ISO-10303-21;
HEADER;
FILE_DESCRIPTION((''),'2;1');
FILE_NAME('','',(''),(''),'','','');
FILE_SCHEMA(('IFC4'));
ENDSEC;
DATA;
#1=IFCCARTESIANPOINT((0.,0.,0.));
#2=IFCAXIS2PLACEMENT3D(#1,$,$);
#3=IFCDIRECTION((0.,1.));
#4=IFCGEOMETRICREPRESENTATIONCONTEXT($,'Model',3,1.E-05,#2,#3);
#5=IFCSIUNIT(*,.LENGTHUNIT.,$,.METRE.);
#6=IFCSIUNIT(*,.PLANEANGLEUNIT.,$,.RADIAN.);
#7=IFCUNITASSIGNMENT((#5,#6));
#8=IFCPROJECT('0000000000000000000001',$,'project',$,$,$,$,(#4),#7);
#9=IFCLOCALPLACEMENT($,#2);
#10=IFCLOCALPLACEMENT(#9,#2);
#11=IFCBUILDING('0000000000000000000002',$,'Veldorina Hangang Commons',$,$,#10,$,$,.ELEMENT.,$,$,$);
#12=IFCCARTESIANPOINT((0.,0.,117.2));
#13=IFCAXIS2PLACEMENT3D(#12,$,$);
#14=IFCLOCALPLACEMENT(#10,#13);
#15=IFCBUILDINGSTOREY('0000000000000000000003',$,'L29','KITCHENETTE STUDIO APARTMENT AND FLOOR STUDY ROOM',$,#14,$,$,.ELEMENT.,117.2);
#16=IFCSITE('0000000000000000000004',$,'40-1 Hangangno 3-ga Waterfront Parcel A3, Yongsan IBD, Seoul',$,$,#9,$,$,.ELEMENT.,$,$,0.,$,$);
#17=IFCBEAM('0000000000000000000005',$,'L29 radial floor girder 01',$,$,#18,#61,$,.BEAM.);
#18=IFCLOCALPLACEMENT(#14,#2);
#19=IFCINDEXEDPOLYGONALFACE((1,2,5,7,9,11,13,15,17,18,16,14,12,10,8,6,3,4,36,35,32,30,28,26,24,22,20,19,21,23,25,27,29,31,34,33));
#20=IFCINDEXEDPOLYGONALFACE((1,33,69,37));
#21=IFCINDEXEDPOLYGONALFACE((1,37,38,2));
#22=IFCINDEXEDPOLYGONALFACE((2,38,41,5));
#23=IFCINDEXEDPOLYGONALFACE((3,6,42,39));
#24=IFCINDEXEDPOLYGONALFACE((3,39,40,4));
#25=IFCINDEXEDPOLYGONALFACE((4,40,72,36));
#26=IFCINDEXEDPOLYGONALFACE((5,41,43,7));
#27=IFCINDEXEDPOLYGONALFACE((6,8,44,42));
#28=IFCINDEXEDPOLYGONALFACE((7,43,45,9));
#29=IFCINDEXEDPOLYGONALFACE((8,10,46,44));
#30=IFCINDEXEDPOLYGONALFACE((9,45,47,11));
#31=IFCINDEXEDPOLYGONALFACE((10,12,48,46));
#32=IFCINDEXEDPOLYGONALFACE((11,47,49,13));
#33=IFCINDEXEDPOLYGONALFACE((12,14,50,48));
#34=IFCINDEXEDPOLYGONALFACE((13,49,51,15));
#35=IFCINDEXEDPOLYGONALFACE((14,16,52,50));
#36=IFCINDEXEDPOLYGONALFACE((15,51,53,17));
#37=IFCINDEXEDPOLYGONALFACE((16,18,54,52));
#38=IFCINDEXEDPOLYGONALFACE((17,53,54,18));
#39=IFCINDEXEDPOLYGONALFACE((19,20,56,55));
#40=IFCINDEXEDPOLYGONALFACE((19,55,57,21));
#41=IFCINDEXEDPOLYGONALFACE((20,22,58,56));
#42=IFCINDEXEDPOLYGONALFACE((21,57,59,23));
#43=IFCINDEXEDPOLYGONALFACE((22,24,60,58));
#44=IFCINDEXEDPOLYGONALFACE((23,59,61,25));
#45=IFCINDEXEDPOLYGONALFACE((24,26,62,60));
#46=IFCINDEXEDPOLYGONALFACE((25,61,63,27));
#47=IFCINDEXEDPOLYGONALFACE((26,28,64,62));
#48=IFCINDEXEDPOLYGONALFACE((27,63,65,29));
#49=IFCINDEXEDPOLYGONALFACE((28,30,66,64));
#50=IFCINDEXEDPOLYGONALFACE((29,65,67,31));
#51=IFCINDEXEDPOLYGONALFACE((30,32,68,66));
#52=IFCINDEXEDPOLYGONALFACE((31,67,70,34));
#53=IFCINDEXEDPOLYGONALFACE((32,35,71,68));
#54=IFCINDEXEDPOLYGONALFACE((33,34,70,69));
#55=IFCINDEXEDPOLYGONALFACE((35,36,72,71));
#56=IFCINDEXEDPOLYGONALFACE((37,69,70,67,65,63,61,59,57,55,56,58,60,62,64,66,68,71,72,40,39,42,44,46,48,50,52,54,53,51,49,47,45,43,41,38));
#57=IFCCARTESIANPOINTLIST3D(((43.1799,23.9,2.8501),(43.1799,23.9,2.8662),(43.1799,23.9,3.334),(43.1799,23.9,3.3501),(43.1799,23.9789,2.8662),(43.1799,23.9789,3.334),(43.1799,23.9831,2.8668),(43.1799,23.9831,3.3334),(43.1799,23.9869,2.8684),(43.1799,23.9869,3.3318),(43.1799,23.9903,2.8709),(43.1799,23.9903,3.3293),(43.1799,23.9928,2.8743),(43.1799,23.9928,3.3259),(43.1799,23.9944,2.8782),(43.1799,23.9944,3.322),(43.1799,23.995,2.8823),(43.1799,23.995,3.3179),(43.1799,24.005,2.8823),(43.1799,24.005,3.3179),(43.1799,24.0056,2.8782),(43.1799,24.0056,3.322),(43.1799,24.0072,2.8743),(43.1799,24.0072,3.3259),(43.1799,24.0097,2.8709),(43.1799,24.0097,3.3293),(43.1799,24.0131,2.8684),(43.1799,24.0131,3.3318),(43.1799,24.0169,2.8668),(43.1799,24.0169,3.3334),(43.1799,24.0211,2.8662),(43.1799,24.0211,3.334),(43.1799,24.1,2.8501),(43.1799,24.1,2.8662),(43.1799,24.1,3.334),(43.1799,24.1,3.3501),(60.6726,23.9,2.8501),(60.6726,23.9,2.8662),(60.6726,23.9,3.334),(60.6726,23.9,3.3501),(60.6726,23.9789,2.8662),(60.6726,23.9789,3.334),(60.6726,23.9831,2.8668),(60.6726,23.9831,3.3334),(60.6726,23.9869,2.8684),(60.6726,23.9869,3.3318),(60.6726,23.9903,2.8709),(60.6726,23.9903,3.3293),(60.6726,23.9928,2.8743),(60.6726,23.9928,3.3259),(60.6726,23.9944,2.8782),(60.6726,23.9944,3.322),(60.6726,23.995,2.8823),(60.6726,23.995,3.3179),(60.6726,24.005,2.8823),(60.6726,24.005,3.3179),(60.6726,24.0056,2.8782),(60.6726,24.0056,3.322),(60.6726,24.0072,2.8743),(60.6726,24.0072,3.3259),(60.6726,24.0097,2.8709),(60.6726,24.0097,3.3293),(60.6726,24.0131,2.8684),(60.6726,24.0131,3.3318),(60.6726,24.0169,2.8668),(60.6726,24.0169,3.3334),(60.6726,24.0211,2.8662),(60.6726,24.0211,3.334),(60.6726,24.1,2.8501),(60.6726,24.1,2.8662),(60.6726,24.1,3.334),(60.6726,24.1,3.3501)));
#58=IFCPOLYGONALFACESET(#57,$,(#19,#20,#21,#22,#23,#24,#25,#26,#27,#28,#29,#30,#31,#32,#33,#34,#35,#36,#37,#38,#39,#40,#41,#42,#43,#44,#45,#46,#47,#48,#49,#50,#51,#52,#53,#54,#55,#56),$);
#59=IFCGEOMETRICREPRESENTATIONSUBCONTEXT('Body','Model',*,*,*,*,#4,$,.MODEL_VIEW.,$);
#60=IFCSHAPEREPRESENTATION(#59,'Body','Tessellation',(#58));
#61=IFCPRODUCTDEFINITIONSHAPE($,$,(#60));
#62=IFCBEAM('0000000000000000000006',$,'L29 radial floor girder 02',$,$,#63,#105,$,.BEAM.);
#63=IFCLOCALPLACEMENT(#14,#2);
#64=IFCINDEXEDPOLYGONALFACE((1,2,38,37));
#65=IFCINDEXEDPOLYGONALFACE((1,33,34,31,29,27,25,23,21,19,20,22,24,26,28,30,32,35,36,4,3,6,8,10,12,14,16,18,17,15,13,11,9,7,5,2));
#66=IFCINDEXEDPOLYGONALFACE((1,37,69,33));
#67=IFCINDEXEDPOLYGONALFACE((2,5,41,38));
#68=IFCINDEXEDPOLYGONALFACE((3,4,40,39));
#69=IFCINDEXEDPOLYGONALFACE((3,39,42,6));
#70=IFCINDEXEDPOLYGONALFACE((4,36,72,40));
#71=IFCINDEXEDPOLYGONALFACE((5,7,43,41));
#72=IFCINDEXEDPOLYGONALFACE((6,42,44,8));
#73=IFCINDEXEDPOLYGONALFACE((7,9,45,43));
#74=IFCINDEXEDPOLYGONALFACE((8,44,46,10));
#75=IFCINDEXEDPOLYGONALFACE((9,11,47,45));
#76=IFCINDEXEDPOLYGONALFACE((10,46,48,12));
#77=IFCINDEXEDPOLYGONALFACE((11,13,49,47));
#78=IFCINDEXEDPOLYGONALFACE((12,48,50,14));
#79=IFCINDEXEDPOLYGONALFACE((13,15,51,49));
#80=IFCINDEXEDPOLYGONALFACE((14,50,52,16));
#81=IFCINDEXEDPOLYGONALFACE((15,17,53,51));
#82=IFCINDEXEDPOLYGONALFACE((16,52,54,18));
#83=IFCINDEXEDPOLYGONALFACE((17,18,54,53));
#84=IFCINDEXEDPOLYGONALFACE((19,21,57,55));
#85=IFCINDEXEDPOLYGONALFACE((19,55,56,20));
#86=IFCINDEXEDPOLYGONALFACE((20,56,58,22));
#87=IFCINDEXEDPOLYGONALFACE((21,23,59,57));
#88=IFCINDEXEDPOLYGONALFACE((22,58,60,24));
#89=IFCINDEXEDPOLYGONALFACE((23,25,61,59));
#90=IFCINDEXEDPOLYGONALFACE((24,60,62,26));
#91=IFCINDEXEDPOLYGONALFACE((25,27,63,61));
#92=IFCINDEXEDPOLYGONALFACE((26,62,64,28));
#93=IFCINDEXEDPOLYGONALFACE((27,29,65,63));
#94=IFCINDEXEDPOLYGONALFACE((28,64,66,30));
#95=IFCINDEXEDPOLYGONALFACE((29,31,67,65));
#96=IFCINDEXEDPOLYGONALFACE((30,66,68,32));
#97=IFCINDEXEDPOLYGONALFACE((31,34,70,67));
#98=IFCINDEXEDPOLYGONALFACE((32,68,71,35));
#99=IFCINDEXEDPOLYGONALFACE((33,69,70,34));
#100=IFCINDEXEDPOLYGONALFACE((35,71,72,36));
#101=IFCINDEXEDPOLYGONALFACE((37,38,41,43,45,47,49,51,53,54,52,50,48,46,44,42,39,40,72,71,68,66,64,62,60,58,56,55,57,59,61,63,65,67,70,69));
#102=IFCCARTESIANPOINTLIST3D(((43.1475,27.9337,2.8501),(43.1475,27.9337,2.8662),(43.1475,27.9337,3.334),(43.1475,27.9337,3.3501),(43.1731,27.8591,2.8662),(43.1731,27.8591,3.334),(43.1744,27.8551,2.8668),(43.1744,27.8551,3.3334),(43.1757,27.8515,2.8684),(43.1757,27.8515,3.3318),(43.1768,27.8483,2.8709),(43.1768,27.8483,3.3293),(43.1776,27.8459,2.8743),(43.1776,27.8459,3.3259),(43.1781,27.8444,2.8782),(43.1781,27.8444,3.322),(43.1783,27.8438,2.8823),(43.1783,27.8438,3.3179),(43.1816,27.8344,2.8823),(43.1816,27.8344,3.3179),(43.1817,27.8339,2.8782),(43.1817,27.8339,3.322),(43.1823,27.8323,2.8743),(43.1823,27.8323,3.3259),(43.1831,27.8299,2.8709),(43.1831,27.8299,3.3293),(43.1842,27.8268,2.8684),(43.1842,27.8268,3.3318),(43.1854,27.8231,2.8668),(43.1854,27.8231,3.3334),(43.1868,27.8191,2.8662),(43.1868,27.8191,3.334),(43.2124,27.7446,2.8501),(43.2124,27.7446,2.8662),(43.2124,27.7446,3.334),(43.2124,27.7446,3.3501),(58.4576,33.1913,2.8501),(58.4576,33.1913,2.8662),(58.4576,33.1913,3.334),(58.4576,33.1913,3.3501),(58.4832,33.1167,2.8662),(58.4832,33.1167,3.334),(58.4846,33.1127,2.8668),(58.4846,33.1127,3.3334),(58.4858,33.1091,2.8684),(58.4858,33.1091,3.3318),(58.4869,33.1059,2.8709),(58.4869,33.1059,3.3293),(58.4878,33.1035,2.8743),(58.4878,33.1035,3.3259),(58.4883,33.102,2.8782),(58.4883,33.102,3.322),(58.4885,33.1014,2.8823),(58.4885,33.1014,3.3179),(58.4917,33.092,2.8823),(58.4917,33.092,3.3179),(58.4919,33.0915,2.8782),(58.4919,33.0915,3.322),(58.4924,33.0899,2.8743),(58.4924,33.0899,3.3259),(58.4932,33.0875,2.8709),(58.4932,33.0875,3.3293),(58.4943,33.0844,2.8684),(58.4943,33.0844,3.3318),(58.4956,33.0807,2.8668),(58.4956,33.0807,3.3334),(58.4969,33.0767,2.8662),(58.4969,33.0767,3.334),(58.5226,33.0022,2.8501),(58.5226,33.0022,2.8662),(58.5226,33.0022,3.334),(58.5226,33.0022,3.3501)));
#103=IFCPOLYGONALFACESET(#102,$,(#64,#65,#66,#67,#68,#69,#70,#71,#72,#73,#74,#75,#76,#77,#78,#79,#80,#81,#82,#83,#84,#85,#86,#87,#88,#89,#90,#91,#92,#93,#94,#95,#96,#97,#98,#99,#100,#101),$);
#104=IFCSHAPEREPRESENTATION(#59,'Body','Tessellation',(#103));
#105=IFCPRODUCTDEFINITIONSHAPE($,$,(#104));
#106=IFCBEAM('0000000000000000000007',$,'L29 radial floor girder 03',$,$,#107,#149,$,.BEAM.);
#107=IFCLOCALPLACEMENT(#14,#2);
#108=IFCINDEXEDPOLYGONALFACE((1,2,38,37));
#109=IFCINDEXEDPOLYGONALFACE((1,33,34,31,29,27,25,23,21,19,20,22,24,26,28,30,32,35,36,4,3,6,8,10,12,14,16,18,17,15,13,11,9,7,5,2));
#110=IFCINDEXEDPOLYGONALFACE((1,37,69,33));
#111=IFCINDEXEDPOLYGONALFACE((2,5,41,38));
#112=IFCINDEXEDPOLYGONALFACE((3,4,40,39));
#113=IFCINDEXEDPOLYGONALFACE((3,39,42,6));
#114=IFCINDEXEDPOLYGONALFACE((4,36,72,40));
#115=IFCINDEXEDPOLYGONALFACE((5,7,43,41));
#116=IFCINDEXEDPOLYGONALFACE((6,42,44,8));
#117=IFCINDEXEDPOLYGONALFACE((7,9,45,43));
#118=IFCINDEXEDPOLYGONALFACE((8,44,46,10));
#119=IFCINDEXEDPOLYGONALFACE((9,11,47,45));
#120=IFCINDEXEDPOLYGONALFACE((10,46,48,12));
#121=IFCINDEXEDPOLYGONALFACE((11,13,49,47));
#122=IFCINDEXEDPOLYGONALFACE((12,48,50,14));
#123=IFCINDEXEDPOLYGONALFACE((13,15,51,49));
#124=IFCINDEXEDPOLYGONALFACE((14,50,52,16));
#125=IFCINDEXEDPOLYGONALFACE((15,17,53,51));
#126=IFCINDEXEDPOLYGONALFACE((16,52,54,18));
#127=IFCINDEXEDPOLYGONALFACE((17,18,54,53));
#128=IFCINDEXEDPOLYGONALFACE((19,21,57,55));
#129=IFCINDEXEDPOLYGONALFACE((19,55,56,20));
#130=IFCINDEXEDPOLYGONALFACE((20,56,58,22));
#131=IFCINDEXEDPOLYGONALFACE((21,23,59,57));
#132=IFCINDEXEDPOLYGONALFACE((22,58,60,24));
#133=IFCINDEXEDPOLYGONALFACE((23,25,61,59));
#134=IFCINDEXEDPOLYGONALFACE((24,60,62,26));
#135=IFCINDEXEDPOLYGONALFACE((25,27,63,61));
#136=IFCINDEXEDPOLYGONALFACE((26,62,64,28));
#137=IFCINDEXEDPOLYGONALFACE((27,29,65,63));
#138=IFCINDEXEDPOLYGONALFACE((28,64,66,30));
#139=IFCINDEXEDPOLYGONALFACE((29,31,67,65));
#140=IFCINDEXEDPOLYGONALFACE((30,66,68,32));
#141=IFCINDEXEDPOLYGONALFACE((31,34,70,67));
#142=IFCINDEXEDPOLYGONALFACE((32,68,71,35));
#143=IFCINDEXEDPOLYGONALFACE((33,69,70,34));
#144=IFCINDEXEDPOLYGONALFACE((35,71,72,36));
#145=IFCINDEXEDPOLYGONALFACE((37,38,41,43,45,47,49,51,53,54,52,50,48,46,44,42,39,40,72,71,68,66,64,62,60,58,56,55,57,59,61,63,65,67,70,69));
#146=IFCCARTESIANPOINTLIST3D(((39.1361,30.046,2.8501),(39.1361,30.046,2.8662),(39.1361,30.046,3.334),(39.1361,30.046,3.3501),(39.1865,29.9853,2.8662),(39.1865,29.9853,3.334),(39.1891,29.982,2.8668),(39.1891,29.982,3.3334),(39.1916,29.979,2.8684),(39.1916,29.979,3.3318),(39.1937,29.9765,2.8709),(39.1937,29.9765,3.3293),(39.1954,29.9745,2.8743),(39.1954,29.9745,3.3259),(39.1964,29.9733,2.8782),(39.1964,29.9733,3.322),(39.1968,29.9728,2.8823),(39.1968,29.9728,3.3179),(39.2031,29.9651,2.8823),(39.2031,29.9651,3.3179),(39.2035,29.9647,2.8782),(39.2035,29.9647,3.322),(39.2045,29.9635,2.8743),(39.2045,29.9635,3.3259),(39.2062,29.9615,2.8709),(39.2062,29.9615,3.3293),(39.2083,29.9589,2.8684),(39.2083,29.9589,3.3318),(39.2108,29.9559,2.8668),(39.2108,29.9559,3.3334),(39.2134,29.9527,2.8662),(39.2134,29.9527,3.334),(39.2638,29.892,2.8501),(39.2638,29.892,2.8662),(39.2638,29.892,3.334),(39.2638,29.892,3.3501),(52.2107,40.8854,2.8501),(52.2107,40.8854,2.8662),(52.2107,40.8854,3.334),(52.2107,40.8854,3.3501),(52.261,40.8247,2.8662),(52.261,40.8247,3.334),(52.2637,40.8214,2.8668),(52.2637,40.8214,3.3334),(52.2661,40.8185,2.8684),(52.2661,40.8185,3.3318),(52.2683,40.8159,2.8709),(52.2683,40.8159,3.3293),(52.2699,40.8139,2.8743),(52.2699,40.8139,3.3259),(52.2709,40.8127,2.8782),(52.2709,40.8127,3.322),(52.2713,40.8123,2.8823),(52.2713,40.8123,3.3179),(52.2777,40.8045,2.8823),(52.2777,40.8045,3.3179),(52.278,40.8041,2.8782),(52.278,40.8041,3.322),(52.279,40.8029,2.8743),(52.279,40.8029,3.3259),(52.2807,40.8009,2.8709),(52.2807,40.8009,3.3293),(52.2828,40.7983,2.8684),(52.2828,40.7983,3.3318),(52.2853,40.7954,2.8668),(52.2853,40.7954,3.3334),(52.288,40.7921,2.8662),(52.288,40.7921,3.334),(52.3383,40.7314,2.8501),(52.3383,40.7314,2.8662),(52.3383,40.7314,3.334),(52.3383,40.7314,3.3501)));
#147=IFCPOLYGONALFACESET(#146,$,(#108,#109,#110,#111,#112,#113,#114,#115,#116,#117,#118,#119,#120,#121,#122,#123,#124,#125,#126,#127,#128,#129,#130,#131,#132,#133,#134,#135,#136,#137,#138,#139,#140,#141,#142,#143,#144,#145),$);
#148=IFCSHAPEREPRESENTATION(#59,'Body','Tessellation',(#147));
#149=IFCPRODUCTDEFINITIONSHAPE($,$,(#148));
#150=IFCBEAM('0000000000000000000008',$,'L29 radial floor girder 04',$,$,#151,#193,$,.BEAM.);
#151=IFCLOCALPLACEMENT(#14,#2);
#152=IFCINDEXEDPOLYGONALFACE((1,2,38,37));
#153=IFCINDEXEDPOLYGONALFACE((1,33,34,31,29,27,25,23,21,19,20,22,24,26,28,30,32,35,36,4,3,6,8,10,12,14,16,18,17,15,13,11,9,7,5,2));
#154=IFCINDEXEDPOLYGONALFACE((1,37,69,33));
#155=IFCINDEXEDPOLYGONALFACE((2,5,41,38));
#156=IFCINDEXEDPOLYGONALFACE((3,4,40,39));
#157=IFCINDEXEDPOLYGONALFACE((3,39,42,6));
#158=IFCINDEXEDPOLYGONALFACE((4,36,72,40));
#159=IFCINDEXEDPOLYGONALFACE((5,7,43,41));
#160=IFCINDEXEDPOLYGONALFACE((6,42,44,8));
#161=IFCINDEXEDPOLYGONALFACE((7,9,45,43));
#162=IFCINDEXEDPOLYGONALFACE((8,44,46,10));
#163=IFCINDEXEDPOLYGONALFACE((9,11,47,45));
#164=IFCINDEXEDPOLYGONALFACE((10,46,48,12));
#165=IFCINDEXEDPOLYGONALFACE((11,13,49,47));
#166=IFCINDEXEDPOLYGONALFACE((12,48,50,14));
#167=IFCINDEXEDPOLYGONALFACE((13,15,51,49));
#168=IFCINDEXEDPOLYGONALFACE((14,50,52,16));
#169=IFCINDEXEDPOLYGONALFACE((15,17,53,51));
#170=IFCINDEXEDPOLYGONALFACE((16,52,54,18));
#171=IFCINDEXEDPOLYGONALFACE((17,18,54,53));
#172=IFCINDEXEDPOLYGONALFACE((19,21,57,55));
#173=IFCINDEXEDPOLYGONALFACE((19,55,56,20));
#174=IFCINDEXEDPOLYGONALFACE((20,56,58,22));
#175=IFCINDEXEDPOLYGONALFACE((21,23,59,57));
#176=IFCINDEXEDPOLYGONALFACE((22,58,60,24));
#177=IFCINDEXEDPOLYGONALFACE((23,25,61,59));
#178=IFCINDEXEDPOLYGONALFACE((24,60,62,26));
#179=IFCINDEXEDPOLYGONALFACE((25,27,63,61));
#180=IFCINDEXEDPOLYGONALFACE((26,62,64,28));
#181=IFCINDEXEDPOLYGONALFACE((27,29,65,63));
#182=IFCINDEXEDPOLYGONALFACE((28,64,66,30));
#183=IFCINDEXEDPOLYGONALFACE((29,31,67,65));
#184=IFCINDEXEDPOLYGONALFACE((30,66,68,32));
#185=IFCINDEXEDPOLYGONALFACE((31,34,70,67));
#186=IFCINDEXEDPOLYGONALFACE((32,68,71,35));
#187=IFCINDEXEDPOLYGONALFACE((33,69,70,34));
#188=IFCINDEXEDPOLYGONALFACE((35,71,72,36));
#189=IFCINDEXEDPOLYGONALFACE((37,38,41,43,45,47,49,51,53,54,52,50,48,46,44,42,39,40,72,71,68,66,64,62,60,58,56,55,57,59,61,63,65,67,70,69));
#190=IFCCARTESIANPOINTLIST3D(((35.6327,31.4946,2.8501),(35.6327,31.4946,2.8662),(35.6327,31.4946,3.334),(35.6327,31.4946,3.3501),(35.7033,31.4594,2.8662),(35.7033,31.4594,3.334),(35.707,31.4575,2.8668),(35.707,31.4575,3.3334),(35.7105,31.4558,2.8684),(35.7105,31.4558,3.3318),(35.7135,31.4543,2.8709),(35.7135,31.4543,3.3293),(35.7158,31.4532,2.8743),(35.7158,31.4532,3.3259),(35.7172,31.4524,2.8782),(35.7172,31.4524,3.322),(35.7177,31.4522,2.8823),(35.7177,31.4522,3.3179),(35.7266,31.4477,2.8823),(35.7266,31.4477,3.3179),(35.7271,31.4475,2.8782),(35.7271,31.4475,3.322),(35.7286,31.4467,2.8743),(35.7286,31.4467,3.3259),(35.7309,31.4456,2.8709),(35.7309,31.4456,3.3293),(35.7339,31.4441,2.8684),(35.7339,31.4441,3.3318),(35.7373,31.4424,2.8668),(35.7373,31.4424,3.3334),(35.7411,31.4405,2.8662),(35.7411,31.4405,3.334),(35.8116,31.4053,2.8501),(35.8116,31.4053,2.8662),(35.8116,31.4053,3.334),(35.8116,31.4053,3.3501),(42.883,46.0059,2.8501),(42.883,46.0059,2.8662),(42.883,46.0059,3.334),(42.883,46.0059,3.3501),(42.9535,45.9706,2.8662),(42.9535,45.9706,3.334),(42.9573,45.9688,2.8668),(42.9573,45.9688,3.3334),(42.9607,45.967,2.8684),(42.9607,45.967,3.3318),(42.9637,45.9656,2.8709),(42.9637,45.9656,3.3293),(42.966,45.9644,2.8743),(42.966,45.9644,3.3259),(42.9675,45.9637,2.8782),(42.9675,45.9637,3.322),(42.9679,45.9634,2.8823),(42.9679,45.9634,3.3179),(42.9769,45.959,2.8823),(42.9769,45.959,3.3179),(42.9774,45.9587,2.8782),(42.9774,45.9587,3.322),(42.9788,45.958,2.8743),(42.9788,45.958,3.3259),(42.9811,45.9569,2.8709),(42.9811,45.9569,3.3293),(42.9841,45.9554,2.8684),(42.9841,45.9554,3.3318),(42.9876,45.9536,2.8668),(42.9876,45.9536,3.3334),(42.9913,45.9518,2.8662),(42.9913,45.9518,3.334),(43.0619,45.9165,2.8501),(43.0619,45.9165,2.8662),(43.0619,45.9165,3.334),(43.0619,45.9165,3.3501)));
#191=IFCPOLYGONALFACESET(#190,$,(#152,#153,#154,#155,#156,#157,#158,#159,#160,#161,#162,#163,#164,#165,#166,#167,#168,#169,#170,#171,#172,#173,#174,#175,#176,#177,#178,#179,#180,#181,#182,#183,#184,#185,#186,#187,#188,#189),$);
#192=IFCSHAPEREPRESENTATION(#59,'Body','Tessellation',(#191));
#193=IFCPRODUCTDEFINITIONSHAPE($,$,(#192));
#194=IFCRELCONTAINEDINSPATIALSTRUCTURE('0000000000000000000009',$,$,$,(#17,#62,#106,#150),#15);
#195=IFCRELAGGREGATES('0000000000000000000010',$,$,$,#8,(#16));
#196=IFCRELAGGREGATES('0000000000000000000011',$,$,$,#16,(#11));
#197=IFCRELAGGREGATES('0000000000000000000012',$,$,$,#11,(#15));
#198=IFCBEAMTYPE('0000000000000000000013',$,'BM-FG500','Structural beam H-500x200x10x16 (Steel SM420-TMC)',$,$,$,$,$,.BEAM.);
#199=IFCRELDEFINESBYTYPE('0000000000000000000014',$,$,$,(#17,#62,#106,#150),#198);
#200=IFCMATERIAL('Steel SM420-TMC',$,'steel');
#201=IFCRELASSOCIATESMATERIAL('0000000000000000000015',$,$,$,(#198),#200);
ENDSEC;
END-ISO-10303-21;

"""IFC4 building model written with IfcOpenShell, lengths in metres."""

from ifc_helpers import new_model, si_unit, direction, frame, origin, origin_2d, place, context, subcontext, project, spatial, i_section, extrude, material, material_profile, profile_set, type_object, element, save


model = new_model("IFC4")

# Units and contexts
model_context = context("Model", 3, precision=1e-05, world=origin(), true_north=direction((0.0, 1.0)))
body_context = subcontext(model_context, "Body", "Model", "MODEL_VIEW")
ifc_project = project(units=[si_unit("LENGTHUNIT", "METRE"), si_unit("PLANEANGLEUNIT", "RADIAN")], contexts=[model_context])

# Site, building, storey
site_placement = place(None, origin())
site = spatial("IfcSite", under=ifc_project, at=site_placement, Name="40-1 Hangangno 3-ga Waterfront Parcel A3, Yongsan IBD, Seoul", CompositionType="ELEMENT", RefElevation=0.0)
building_placement = place(site_placement, origin())
building = spatial("IfcBuilding", under=site, at=building_placement, Name="Veldorina Hangang Commons", CompositionType="ELEMENT")
storey_placement = place(building_placement, frame((0.0, 0.0, 117.2)))
storey = spatial("IfcBuildingStorey", under=building, at=storey_placement, Name="L29", Description="KITCHENETTE STUDIO APARTMENT AND FLOOR STUDY ROOM", CompositionType="ELEMENT", Elevation=117.2)

# Beams
ifc_material_1 = material(Name="Steel SM420-TMC", Category="steel")
ifc_material_profile = material_profile(ifc_material_1, i_section(OverallWidth=0.2, OverallDepth=0.5, WebThickness=0.01, FlangeThickness=0.0161, FilletRadius=0.0161, at=origin_2d()), Name="H-500x200x10x16")
ifc_profile_set = profile_set([ifc_material_profile], Name="Steel SM420-TMC")
beam_type = type_object("IfcBeamType", Name="BM-FG500", Description="Structural beam H-500x200x10x16 (Steel SM420-TMC)", PredefinedType="BEAM", material=ifc_profile_set)
beam_1_placement = place(storey_placement, frame((43.1799, 24.0, 3.1001), z_axis=(1.0, 0.0, 0.0), x_axis=(0.0, 1.0, 0.0)))
element("IfcBeam", 1, at=beam_1_placement, inside=storey, type_object=beam_type, Name="L29 radial floor girder 01", PredefinedType="BEAM", context=body_context, shape_type="SweptSolid", body=[
    extrude(i_section(OverallWidth=0.2, OverallDepth=0.5, WebThickness=0.01, FlangeThickness=0.0161, FilletRadius=0.0161, at=origin_2d()), origin(), (0.0, 0.0, 1.0), 17.4927),
])
beam_2_placement = place(storey_placement, frame((43.1799, 27.8391, 3.1001), z_axis=(0.945787, 0.324789, 0.0), x_axis=(-0.324789, 0.945787, 0.0)))
element("IfcBeam", 2, at=beam_2_placement, inside=storey, type_object=beam_type, Name="L29 radial floor girder 02", PredefinedType="BEAM", context=body_context, shape_type="SweptSolid", body=[
    extrude(i_section(OverallWidth=0.2, OverallDepth=0.5, WebThickness=0.01, FlangeThickness=0.0161, FilletRadius=0.0161, at=origin_2d()), origin(), (0.0, 0.0, 1.0), 16.1877),
])
beam_3_placement = place(storey_placement, frame((39.2, 29.969, 3.1001), z_axis=(0.769841, 0.638235, 0.0), x_axis=(-0.638235, 0.769841, 0.0)))
element("IfcBeam", 3, at=beam_3_placement, inside=storey, type_object=beam_type, Name="L29 radial floor girder 03", PredefinedType="BEAM", context=body_context, shape_type="SweptSolid", body=[
    extrude(i_section(OverallWidth=0.2, OverallDepth=0.5, WebThickness=0.01, FlangeThickness=0.0161, FilletRadius=0.0161, at=origin_2d()), origin(), (0.0, 0.0, 1.0), 16.9834),
])
beam_4_placement = place(storey_placement, frame((35.7222, 31.45, 3.1001), z_axis=(0.446949, 0.89456, 0.0), x_axis=(-0.89456, 0.446949, 0.0)))
element("IfcBeam", 4, at=beam_4_placement, inside=storey, type_object=beam_type, Name="L29 radial floor girder 04", PredefinedType="BEAM", context=body_context, shape_type="SweptSolid", body=[
    extrude(i_section(OverallWidth=0.2, OverallDepth=0.5, WebThickness=0.01, FlangeThickness=0.0161, FilletRadius=0.0161, at=origin_2d()), origin(), (0.0, 0.0, 1.0), 16.2217),
])

save(model, "model.ifc")
